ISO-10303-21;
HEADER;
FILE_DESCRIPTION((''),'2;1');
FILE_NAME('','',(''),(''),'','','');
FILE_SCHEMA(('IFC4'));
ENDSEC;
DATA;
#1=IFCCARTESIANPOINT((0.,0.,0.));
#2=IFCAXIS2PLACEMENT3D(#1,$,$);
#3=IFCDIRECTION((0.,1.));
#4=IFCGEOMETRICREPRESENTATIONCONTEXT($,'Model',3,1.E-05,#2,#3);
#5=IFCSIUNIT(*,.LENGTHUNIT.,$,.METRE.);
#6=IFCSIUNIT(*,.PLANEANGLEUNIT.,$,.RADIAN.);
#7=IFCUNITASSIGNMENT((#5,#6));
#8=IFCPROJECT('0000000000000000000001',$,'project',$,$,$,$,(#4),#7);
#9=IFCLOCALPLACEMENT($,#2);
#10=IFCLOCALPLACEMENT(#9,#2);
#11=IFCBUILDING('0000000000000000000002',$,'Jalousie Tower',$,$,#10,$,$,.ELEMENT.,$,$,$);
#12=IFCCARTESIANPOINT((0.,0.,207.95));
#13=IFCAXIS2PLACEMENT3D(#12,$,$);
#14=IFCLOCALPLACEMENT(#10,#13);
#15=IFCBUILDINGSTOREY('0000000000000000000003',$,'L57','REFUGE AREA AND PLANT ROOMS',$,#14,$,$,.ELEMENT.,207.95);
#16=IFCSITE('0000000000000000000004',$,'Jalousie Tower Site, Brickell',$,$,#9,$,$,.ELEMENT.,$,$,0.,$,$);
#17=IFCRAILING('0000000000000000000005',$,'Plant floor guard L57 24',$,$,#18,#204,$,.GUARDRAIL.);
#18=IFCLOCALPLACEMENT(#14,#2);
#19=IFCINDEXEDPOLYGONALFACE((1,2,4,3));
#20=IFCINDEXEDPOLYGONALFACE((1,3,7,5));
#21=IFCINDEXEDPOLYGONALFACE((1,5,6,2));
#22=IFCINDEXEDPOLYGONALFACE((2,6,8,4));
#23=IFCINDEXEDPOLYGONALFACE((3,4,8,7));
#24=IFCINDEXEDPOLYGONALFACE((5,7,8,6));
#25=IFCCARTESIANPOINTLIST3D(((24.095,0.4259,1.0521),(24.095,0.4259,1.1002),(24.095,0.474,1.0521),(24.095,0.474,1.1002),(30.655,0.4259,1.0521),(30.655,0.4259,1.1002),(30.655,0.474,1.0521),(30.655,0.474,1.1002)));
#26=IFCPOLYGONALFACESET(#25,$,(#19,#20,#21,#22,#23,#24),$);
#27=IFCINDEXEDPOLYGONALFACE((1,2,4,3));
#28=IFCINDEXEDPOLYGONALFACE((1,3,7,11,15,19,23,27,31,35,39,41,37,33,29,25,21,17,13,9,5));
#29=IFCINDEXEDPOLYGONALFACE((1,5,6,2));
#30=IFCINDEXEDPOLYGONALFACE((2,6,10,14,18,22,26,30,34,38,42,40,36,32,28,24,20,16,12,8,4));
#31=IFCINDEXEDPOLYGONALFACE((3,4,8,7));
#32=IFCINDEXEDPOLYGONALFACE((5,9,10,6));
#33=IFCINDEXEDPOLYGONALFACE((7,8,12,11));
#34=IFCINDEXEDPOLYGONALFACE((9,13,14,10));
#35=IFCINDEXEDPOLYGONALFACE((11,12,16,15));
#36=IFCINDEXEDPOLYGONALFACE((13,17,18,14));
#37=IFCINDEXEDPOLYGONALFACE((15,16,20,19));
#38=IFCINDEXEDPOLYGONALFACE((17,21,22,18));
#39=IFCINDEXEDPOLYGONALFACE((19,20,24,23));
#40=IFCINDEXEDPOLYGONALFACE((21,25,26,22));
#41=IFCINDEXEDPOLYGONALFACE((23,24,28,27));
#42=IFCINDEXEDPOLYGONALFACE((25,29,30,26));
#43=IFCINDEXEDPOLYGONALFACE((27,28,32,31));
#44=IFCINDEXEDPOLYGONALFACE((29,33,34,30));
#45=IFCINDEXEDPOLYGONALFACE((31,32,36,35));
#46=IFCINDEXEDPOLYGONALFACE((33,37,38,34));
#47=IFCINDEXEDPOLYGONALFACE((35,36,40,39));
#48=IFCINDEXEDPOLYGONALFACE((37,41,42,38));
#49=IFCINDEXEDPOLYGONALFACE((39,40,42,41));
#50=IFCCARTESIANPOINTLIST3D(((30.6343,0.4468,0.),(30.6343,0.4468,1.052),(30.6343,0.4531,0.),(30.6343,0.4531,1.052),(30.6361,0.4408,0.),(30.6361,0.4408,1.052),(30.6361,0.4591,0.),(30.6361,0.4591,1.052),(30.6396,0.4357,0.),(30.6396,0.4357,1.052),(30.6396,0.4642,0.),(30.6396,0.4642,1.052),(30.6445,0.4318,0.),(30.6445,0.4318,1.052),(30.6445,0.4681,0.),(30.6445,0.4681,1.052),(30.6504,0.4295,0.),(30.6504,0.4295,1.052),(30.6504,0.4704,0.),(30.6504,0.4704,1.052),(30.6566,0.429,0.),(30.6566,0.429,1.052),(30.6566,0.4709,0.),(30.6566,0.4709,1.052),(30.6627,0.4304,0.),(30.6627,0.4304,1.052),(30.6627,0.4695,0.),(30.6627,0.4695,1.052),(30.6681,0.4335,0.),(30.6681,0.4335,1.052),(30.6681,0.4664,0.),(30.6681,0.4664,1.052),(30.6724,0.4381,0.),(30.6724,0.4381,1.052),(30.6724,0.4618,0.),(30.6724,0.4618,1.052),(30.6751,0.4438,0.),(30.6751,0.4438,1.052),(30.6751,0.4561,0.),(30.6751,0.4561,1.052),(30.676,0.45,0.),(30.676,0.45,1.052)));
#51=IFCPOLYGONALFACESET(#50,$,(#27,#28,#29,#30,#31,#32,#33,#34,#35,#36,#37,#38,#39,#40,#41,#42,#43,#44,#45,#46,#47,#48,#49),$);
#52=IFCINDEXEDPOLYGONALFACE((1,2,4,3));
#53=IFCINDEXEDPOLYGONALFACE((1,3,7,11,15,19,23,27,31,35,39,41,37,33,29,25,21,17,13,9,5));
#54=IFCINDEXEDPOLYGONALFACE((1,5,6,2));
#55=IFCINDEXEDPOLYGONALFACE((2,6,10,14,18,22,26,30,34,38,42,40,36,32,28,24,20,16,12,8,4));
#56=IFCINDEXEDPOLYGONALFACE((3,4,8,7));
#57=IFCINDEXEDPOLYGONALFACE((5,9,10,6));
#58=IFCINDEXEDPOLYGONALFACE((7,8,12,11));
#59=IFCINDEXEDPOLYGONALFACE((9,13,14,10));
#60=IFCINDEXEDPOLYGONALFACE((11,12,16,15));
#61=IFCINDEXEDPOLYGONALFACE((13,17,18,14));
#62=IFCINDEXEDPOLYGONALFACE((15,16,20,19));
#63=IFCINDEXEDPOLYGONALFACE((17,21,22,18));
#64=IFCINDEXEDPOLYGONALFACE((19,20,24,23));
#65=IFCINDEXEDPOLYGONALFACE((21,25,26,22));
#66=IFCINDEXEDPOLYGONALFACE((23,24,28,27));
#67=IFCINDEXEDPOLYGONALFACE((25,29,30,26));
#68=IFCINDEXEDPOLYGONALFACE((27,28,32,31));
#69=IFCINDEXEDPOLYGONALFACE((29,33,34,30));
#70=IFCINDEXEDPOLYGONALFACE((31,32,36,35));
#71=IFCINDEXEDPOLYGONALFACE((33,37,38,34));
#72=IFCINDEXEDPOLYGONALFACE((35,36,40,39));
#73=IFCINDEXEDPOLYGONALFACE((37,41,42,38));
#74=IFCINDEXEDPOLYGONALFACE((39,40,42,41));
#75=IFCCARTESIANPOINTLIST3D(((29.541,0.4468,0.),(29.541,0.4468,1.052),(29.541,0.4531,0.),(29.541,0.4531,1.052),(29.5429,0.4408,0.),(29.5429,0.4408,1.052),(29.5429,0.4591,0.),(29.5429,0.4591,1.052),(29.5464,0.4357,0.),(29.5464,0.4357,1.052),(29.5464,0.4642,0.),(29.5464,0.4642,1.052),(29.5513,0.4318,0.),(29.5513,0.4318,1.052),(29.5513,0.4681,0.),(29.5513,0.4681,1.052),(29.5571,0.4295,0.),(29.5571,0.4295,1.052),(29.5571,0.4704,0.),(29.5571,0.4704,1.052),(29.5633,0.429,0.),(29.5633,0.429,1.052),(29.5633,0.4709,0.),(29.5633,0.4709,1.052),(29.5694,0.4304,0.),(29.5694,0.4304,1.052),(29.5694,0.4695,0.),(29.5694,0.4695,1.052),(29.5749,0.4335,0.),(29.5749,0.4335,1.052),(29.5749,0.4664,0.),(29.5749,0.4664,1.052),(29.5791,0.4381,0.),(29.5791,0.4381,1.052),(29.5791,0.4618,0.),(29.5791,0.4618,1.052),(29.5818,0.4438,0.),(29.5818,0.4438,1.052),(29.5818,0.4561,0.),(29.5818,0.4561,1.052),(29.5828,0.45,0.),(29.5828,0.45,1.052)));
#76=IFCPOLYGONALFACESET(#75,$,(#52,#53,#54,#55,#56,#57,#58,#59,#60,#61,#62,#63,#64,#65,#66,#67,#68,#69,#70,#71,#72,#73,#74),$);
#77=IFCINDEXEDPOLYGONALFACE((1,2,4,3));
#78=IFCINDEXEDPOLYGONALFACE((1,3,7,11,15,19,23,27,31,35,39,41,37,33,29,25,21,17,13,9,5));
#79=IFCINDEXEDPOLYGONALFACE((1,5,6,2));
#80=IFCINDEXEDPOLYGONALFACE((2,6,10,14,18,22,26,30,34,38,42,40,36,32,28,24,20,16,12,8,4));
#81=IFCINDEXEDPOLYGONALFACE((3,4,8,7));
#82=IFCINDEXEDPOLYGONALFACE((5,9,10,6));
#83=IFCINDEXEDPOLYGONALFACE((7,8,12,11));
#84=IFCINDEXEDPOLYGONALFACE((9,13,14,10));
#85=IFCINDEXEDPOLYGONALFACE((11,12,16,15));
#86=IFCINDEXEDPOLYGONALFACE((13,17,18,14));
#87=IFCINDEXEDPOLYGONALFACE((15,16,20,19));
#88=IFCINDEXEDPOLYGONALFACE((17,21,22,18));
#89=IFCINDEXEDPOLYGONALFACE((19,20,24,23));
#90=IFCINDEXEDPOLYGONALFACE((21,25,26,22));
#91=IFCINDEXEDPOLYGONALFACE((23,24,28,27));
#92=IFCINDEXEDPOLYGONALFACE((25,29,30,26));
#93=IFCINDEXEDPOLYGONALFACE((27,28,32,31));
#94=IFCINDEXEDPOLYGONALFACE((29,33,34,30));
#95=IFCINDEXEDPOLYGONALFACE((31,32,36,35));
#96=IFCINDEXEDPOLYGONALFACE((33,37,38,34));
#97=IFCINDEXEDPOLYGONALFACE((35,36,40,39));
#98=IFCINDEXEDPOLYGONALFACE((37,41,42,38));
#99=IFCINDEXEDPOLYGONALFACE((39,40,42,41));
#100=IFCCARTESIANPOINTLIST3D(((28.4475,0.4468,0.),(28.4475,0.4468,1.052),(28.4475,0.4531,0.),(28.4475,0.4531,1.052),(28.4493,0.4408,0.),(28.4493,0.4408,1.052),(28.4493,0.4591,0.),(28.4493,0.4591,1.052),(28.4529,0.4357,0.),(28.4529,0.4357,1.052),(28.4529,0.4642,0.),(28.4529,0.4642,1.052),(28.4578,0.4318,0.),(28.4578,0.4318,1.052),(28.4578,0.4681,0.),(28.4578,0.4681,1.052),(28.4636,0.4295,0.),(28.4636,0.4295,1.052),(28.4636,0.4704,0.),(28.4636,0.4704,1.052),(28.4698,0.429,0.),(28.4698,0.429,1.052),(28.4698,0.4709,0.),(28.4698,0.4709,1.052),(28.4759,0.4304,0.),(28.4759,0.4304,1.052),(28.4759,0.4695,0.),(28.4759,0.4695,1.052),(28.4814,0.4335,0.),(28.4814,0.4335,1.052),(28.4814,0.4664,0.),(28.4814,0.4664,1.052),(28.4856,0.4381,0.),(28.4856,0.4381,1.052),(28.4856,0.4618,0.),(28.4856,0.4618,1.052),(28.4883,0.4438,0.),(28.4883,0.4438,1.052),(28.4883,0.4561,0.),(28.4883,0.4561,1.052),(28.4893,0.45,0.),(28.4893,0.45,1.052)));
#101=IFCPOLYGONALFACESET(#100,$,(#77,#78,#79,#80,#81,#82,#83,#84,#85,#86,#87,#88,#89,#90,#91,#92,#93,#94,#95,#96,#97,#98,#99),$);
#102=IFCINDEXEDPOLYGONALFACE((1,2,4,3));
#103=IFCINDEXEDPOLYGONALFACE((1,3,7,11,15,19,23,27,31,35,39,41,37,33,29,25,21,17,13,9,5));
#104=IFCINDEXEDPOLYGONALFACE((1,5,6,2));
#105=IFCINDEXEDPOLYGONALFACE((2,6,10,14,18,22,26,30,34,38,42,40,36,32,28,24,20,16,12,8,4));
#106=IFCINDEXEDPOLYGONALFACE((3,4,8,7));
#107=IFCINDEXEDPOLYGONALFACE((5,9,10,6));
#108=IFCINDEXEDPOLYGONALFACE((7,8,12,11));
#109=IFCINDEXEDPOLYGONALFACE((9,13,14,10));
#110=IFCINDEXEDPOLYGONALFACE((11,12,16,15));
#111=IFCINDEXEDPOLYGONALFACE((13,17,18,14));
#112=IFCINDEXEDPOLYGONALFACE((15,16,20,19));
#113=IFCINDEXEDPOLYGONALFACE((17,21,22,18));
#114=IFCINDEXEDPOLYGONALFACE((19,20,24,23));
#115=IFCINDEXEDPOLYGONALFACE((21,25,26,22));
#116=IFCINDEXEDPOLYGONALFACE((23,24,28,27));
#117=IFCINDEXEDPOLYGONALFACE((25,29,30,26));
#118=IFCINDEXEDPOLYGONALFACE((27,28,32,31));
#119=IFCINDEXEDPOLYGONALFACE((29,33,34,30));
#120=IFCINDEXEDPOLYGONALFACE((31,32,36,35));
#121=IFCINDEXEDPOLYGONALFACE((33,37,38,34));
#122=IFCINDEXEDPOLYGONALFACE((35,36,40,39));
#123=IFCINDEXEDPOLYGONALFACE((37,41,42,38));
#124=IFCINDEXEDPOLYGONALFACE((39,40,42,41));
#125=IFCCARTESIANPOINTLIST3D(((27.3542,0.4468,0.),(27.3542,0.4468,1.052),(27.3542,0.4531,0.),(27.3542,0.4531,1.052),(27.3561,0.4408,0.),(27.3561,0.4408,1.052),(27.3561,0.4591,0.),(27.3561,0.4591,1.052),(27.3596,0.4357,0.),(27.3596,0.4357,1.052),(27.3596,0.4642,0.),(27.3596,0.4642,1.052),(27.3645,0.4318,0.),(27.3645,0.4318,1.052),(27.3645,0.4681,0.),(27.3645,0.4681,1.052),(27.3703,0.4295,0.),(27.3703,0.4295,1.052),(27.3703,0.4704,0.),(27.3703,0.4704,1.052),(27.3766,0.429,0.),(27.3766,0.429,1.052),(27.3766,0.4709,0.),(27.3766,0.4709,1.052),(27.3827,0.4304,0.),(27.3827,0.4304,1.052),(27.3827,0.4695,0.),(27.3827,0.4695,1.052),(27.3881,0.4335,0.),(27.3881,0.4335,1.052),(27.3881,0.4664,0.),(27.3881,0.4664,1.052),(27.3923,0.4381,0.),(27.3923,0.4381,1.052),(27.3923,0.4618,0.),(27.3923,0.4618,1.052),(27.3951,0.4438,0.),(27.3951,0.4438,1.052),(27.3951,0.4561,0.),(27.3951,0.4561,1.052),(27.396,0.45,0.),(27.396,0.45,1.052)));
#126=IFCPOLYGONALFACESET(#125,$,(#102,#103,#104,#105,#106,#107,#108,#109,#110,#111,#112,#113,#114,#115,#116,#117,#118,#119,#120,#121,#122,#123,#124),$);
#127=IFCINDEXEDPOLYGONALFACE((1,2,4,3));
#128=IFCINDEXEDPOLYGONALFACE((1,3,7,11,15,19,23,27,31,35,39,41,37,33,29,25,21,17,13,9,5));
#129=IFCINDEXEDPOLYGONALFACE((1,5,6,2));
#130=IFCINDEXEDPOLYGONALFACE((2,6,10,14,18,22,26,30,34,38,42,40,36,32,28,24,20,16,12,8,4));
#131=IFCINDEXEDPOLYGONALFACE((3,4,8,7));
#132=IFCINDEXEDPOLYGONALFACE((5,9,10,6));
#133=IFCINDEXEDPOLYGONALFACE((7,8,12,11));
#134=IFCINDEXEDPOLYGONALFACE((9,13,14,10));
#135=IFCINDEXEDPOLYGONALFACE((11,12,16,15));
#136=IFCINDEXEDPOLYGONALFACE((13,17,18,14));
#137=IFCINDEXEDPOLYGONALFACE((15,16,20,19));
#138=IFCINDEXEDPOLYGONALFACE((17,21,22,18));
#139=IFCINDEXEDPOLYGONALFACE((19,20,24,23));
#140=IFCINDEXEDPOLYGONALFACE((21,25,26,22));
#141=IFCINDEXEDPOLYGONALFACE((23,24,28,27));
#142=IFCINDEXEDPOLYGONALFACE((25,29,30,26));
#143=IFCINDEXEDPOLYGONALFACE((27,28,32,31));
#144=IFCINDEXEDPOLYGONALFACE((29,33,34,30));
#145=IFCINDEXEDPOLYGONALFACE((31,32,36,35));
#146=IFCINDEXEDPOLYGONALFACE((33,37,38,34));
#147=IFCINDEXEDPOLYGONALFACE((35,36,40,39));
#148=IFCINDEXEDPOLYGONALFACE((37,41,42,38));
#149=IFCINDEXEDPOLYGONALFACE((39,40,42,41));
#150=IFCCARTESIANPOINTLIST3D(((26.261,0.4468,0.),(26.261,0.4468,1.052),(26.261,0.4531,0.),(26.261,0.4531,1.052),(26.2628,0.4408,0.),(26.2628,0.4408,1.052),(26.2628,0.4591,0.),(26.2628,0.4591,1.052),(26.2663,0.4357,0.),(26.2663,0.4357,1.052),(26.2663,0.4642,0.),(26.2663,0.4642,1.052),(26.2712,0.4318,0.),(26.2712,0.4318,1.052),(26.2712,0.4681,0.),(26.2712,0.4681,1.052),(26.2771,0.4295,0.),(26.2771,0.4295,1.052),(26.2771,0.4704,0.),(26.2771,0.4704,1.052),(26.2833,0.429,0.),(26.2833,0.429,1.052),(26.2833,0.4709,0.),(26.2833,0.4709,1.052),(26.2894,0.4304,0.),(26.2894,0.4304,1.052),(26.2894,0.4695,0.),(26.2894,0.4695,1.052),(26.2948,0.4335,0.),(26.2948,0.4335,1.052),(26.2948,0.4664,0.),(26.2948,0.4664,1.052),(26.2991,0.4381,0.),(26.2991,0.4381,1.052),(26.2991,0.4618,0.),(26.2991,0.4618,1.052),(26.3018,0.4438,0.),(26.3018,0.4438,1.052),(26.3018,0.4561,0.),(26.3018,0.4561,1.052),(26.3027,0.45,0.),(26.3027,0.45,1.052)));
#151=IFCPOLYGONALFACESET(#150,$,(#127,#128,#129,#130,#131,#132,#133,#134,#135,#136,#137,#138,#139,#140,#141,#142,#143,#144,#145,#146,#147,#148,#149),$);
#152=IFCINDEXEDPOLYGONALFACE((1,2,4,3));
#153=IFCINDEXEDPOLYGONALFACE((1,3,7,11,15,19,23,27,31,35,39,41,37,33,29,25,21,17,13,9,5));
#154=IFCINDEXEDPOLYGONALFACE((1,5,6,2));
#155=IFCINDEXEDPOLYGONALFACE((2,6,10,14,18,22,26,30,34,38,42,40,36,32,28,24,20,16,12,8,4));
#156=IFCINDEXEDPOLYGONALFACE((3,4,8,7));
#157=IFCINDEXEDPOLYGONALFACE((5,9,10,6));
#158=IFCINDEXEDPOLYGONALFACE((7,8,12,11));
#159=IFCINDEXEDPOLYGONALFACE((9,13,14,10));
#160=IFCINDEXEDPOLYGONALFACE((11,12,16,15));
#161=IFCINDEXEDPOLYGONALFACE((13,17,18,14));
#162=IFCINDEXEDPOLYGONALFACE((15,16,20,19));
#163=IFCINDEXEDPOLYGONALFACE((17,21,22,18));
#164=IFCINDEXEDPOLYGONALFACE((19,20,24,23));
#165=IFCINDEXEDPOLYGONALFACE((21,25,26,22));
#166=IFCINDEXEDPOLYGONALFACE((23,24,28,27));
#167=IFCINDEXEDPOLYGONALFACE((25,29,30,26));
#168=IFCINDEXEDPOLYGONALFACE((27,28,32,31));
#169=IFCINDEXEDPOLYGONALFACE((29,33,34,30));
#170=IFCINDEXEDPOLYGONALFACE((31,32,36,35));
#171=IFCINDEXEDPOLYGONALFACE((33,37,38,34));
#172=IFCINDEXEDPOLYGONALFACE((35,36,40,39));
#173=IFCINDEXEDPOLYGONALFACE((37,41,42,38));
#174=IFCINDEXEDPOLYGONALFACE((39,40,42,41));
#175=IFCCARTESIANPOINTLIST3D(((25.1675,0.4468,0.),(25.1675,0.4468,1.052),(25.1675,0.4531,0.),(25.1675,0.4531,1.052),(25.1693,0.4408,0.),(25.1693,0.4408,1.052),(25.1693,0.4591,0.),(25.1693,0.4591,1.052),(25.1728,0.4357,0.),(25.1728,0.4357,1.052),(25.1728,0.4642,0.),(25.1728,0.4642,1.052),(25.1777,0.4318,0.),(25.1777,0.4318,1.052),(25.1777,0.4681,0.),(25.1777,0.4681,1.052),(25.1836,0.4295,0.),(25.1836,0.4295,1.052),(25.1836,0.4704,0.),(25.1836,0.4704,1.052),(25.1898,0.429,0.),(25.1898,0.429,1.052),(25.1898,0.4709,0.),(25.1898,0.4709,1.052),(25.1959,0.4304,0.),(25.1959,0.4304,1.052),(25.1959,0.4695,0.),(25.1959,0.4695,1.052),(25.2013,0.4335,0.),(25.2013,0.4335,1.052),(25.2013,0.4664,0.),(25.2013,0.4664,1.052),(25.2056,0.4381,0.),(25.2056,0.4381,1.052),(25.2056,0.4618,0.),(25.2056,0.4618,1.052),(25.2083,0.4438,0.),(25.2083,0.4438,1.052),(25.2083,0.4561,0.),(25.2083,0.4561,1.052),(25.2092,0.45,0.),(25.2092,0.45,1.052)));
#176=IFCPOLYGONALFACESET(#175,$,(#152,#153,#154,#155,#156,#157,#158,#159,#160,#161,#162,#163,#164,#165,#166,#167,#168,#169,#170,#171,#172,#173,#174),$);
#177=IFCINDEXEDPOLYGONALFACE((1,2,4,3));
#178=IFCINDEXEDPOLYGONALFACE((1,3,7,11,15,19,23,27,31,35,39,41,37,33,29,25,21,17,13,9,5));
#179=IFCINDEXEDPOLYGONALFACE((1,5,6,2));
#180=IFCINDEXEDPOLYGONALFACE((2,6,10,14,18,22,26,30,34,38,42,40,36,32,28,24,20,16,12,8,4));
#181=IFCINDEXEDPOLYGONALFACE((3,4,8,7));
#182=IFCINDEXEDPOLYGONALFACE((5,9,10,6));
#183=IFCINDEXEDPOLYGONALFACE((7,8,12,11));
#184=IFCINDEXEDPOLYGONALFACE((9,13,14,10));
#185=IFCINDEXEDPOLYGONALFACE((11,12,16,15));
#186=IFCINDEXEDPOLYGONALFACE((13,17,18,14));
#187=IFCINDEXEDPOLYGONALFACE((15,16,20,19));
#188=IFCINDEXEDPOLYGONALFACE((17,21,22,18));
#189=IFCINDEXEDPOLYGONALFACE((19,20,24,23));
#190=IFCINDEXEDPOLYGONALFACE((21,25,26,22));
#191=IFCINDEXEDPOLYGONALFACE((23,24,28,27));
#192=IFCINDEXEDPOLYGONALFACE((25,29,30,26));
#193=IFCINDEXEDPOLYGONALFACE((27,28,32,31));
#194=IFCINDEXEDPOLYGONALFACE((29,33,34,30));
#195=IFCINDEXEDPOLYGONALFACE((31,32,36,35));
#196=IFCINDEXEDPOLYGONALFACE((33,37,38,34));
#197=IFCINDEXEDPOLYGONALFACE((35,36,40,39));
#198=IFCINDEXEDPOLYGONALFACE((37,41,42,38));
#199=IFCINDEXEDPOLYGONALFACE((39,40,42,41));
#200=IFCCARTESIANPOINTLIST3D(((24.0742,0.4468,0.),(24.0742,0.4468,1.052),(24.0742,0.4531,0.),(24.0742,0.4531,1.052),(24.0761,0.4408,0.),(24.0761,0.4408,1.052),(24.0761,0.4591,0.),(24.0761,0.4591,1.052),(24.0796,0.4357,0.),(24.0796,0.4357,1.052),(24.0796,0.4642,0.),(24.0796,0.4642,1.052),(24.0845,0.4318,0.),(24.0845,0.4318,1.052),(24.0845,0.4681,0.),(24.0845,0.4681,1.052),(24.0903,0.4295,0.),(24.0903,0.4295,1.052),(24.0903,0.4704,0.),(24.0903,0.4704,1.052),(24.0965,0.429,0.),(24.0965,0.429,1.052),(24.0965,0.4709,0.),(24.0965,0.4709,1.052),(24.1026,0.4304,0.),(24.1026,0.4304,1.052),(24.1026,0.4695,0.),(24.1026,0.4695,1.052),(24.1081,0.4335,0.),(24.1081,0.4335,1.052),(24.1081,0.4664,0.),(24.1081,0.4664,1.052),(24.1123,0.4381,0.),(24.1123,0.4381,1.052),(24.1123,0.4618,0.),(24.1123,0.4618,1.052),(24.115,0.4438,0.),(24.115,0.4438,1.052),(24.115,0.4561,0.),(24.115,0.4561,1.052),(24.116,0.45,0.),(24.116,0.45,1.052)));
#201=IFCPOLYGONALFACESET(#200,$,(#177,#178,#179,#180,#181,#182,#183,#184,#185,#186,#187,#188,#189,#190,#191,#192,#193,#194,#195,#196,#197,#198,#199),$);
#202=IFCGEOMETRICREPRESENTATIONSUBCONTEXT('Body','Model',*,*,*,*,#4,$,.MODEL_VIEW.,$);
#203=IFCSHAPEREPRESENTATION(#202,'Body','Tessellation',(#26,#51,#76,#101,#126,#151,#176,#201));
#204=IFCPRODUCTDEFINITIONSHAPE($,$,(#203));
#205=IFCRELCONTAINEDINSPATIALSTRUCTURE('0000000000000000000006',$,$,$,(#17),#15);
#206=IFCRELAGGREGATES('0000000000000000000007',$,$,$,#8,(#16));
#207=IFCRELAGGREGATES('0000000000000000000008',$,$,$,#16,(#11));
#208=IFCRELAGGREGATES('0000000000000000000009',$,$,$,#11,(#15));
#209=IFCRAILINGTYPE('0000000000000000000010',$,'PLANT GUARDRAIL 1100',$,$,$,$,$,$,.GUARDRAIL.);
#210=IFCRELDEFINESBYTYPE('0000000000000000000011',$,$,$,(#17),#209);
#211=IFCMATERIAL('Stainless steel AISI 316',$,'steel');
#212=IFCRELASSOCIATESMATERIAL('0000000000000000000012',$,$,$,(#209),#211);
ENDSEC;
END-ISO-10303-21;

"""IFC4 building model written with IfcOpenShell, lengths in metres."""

from ifc_helpers import new_model, si_unit, direction, frame, origin, origin_2d, place, context, subcontext, project, spatial, rectangle, circle, extrude, material, type_object, element, save


model = new_model("IFC4")

# Units and contexts
model_context = context("Model", 3, precision=1e-05, world=origin(), true_north=direction((0.0, 1.0)))
body_context = subcontext(model_context, "Body", "Model", "MODEL_VIEW")
ifc_project = project(units=[si_unit("LENGTHUNIT", "METRE"), si_unit("PLANEANGLEUNIT", "RADIAN")], contexts=[model_context])

# Site, building, storey
site_placement = place(None, origin())
site = spatial("IfcSite", under=ifc_project, at=site_placement, Name="Jalousie Tower Site, Brickell", CompositionType="ELEMENT", RefElevation=0.0)
building_placement = place(site_placement, origin())
building = spatial("IfcBuilding", under=site, at=building_placement, Name="Jalousie Tower", CompositionType="ELEMENT")
storey_placement = place(building_placement, frame((0.0, 0.0, 207.95)))
storey = spatial("IfcBuildingStorey", under=building, at=storey_placement, Name="L57", Description="REFUGE AREA AND PLANT ROOMS", CompositionType="ELEMENT", Elevation=207.95)

# Railing
ifc_material_1 = material(Name="Stainless steel AISI 316", Category="steel")
railing_type_1 = type_object("IfcRailingType", Name="PLANT GUARDRAIL 1100", PredefinedType="GUARDRAIL", material=ifc_material_1)
railing_placement = place(storey_placement, frame((30.655, 0.45, 0.0)))
element("IfcRailing", 1, at=railing_placement, inside=storey, type_object=railing_type_1, Name="Plant floor guard L57 24", PredefinedType="GUARDRAIL", context=body_context, shape_type="SweptSolid", body=[
    extrude(rectangle(XDim=0.0481, YDim=0.0481, at=origin_2d()), frame((0.0, 0.0, 1.0762), z_axis=(-1.0, 0.0, 0.0), x_axis=(0.0, -1.0, 0.0)), (0.0, 0.0, 1.0), 6.5601),
    extrude(circle(Radius=0.021, at=origin_2d()), origin(), (0.0, 0.0, 1.0), 1.052),
    extrude(circle(Radius=0.021, at=origin_2d()), frame((-1.0933, 0.0, 0.0)), (0.0, 0.0, 1.0), 1.052),
    extrude(circle(Radius=0.021, at=origin_2d()), frame((-2.1868, 0.0, 0.0)), (0.0, 0.0, 1.0), 1.052),
    extrude(circle(Radius=0.021, at=origin_2d()), frame((-3.28, 0.0, 0.0)), (0.0, 0.0, 1.0), 1.052),
    extrude(circle(Radius=0.021, at=origin_2d()), frame((-4.3733, 0.0, 0.0)), (0.0, 0.0, 1.0), 1.052),
    extrude(circle(Radius=0.021, at=origin_2d()), frame((-5.4668, 0.0, 0.0)), (0.0, 0.0, 1.0), 1.052),
    extrude(circle(Radius=0.021, at=origin_2d()), frame((-6.5601, 0.0, 0.0)), (0.0, 0.0, 1.0), 1.052),
])

save(model, "model.ifc")
